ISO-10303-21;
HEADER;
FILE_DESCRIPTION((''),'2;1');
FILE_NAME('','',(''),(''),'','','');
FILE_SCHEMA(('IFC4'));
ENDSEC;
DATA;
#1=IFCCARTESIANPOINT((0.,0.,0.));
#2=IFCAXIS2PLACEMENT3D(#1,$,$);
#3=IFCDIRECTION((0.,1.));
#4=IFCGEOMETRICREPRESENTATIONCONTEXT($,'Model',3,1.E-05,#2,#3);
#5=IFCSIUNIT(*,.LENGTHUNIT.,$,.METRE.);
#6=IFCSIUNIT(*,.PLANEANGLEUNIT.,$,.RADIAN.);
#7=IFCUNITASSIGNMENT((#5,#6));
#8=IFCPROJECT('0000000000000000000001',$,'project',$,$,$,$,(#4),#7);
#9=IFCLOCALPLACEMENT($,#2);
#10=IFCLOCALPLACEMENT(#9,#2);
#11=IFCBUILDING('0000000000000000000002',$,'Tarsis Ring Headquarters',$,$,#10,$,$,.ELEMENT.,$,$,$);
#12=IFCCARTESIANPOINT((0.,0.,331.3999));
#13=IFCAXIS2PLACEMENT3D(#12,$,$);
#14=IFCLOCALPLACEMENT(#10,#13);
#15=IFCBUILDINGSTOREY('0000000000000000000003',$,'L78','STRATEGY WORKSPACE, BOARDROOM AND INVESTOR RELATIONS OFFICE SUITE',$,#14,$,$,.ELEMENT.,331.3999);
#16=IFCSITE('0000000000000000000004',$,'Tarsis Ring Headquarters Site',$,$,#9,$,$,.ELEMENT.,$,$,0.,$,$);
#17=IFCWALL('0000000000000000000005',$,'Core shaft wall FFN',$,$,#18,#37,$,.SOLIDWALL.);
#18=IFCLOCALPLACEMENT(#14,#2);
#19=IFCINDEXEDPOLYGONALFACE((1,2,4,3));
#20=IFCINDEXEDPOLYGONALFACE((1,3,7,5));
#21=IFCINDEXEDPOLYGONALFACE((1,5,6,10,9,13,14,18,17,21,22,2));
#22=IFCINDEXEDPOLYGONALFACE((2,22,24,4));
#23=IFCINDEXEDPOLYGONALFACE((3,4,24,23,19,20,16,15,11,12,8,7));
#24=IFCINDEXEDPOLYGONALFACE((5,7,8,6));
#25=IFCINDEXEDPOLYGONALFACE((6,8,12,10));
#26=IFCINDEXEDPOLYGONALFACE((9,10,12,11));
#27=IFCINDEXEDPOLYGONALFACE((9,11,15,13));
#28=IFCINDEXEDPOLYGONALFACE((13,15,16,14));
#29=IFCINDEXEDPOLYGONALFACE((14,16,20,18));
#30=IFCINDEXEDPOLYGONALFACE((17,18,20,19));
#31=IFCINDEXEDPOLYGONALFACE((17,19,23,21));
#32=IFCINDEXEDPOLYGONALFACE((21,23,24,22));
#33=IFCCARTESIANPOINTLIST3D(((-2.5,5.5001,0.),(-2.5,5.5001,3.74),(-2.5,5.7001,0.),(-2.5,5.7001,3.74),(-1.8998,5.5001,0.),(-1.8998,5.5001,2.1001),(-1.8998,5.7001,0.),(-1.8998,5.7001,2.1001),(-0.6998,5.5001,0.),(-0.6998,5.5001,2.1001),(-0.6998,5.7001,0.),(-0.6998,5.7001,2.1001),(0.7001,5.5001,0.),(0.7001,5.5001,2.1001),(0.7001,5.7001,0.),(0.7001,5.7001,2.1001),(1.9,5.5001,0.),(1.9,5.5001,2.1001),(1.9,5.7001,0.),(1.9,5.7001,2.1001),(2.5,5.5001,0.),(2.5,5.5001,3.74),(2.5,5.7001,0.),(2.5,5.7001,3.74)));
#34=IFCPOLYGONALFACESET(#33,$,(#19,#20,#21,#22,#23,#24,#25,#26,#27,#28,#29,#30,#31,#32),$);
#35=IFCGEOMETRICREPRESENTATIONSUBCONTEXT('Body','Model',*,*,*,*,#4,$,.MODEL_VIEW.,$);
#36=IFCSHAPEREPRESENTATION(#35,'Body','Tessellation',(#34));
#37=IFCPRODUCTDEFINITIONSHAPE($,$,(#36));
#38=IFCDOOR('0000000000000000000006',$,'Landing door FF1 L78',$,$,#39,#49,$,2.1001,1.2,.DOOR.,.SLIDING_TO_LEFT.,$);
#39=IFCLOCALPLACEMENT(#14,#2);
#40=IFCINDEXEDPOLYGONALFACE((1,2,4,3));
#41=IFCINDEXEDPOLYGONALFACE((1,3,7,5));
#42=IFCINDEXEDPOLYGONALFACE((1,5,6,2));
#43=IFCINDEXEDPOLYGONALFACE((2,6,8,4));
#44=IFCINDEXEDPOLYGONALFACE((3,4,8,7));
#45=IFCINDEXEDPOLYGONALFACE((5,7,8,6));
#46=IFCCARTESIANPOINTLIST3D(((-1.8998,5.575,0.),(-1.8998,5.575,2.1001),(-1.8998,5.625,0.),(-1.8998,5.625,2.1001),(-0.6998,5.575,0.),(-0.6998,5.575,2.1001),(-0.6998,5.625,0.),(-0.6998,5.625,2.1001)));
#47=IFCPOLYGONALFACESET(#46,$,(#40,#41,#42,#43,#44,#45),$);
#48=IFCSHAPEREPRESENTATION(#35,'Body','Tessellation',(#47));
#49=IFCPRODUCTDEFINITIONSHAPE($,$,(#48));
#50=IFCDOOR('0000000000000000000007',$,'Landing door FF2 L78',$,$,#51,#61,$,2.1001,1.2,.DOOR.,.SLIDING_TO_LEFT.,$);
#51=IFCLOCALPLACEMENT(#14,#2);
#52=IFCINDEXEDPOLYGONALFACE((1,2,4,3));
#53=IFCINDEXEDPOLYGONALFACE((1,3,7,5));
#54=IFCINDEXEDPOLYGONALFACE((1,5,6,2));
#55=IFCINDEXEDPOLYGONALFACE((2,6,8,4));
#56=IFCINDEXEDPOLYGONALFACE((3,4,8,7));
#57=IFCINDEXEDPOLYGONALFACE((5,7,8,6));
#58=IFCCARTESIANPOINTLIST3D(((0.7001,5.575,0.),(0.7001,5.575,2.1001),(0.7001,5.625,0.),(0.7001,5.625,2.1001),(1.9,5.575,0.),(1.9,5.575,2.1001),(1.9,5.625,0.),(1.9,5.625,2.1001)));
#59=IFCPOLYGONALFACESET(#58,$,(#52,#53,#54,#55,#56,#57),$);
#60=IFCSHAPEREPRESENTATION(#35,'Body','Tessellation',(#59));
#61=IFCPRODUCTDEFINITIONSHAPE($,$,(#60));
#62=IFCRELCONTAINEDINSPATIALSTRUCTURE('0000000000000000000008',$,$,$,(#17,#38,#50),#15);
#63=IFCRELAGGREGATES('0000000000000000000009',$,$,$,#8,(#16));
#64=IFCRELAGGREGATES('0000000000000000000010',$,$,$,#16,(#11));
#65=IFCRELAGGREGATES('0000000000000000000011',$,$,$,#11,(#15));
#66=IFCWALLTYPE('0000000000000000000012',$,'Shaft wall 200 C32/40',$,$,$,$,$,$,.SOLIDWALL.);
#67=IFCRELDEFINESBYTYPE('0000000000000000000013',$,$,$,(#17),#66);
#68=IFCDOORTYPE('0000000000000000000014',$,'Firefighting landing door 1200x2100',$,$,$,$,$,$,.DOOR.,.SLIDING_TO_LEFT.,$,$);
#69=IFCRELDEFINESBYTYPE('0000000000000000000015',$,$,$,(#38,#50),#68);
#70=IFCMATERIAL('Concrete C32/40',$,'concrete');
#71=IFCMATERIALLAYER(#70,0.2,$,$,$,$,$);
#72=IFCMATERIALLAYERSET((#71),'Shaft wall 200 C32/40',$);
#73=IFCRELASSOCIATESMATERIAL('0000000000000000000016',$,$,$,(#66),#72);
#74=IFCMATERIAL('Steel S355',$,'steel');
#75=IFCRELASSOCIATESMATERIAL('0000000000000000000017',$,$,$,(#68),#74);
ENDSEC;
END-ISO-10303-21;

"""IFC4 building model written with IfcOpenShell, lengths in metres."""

from ifc_helpers import new_model, si_unit, direction, frame, frame_2d, origin, place, context, subcontext, project, spatial, rectangle, extrude, material, layer, layer_set, type_object, element, fill, save


model = new_model("IFC4")

# Units and contexts
model_context = context("Model", 3, precision=1e-05, world=origin(), true_north=direction((0.0, 1.0)))
body_context = subcontext(model_context, "Body", "Model", "MODEL_VIEW")
ifc_project = project(units=[si_unit("LENGTHUNIT", "METRE"), si_unit("PLANEANGLEUNIT", "RADIAN")], contexts=[model_context])

# Site, building, storey
site_placement = place(None, origin())
site = spatial("IfcSite", under=ifc_project, at=site_placement, Name="Tarsis Ring Headquarters Site", CompositionType="ELEMENT", RefElevation=0.0)
building_placement = place(site_placement, origin())
building = spatial("IfcBuilding", under=site, at=building_placement, Name="Tarsis Ring Headquarters", CompositionType="ELEMENT")
storey_placement = place(building_placement, frame((0.0, 0.0, 331.3999)))
storey = spatial("IfcBuildingStorey", under=building, at=storey_placement, Name="L78", Description="STRATEGY WORKSPACE, BOARDROOM AND INVESTOR RELATIONS OFFICE SUITE", CompositionType="ELEMENT", Elevation=331.3999)

# Shared definitions
ifc_material_1 = material(Name="Concrete C32/40", Category="concrete")
ifc_layer_1 = layer(ifc_material_1, 0.2)
ifc_layer_set_1 = layer_set([ifc_layer_1], Name="Shaft wall 200 C32/40")
wall_type_1 = type_object("IfcWallType", Name="Shaft wall 200 C32/40", PredefinedType="SOLIDWALL", material=ifc_layer_set_1)
ifc_material_2 = material(Name="Steel S355", Category="steel")

# Wall, openings, doors
wall_1_placement = place(storey_placement, frame((-2.5, 5.6001, 0.0), z_axis=(0.0, 0.0, 1.0), x_axis=(1.0, 0.0, 0.0)))
wall_1 = element("IfcWall", 1, at=wall_1_placement, inside=storey, type_object=wall_type_1, Name="Core shaft wall FFN", PredefinedType="SOLIDWALL", context=body_context, shape_type="SweptSolid", body=[
    extrude(rectangle(XDim=5.0, YDim=0.2, at=frame_2d((2.5, 0.0))), origin(), (0.0, 0.0, 1.0), 3.74),
])
opening_1_placement = place(wall_1_placement, frame((0.6001, 0.0, 0.0)))
opening_1 = element("IfcOpeningElement", 2, at=opening_1_placement, cuts=wall_1, PredefinedType="OPENING", context=body_context, shape_type="SweptSolid", body=[
    extrude(rectangle(XDim=1.2, YDim=2.1001, at=frame_2d((0.6001, 1.05))), frame((0.0, 0.1099, 0.0), z_axis=(0.0, -1.0, 0.0), x_axis=(1.0, 0.0, 0.0)), (0.0, 0.0, 1.0), 0.22),
])
opening_2_placement = place(wall_1_placement, frame((3.2, 0.0, 0.0)))
opening_2 = element("IfcOpeningElement", 3, at=opening_2_placement, cuts=wall_1, PredefinedType="OPENING", context=body_context, shape_type="SweptSolid", body=[
    extrude(rectangle(XDim=1.2, YDim=2.1001, at=frame_2d((0.6001, 1.05))), frame((0.0, 0.1099, 0.0), z_axis=(0.0, -1.0, 0.0), x_axis=(1.0, 0.0, 0.0)), (0.0, 0.0, 1.0), 0.22),
])
door_type_1 = type_object("IfcDoorType", Name="Firefighting landing door 1200x2100", OperationType="SLIDING_TO_LEFT", PredefinedType="DOOR", material=ifc_material_2)
door_1_placement = place(opening_1_placement, origin())
door_1 = element("IfcDoor", 4, at=door_1_placement, inside=storey, type_object=door_type_1, Name="Landing door FF1 L78", OperationType="SLIDING_TO_LEFT", OverallHeight=2.1001, OverallWidth=1.2, PredefinedType="DOOR", context=body_context, shape_type="SweptSolid", body=[
    extrude(rectangle(XDim=1.2, YDim=2.1001, at=frame_2d((0.6001, 1.05))), frame((0.0, 0.0249, 0.0), z_axis=(0.0, -1.0, 0.0), x_axis=(1.0, 0.0, 0.0)), (0.0, 0.0, 1.0), 0.05),
])
fill(opening_1, door_1)
door_2_placement = place(opening_2_placement, origin())
door_2 = element("IfcDoor", 5, at=door_2_placement, inside=storey, type_object=door_type_1, Name="Landing door FF2 L78", OperationType="SLIDING_TO_LEFT", OverallHeight=2.1001, OverallWidth=1.2, PredefinedType="DOOR", context=body_context, shape_type="SweptSolid", body=[
    extrude(rectangle(XDim=1.2, YDim=2.1001, at=frame_2d((0.6001, 1.05))), frame((0.0, 0.0249, 0.0), z_axis=(0.0, -1.0, 0.0), x_axis=(1.0, 0.0, 0.0)), (0.0, 0.0, 1.0), 0.05),
])
fill(opening_2, door_2)

save(model, "model.ifc")
